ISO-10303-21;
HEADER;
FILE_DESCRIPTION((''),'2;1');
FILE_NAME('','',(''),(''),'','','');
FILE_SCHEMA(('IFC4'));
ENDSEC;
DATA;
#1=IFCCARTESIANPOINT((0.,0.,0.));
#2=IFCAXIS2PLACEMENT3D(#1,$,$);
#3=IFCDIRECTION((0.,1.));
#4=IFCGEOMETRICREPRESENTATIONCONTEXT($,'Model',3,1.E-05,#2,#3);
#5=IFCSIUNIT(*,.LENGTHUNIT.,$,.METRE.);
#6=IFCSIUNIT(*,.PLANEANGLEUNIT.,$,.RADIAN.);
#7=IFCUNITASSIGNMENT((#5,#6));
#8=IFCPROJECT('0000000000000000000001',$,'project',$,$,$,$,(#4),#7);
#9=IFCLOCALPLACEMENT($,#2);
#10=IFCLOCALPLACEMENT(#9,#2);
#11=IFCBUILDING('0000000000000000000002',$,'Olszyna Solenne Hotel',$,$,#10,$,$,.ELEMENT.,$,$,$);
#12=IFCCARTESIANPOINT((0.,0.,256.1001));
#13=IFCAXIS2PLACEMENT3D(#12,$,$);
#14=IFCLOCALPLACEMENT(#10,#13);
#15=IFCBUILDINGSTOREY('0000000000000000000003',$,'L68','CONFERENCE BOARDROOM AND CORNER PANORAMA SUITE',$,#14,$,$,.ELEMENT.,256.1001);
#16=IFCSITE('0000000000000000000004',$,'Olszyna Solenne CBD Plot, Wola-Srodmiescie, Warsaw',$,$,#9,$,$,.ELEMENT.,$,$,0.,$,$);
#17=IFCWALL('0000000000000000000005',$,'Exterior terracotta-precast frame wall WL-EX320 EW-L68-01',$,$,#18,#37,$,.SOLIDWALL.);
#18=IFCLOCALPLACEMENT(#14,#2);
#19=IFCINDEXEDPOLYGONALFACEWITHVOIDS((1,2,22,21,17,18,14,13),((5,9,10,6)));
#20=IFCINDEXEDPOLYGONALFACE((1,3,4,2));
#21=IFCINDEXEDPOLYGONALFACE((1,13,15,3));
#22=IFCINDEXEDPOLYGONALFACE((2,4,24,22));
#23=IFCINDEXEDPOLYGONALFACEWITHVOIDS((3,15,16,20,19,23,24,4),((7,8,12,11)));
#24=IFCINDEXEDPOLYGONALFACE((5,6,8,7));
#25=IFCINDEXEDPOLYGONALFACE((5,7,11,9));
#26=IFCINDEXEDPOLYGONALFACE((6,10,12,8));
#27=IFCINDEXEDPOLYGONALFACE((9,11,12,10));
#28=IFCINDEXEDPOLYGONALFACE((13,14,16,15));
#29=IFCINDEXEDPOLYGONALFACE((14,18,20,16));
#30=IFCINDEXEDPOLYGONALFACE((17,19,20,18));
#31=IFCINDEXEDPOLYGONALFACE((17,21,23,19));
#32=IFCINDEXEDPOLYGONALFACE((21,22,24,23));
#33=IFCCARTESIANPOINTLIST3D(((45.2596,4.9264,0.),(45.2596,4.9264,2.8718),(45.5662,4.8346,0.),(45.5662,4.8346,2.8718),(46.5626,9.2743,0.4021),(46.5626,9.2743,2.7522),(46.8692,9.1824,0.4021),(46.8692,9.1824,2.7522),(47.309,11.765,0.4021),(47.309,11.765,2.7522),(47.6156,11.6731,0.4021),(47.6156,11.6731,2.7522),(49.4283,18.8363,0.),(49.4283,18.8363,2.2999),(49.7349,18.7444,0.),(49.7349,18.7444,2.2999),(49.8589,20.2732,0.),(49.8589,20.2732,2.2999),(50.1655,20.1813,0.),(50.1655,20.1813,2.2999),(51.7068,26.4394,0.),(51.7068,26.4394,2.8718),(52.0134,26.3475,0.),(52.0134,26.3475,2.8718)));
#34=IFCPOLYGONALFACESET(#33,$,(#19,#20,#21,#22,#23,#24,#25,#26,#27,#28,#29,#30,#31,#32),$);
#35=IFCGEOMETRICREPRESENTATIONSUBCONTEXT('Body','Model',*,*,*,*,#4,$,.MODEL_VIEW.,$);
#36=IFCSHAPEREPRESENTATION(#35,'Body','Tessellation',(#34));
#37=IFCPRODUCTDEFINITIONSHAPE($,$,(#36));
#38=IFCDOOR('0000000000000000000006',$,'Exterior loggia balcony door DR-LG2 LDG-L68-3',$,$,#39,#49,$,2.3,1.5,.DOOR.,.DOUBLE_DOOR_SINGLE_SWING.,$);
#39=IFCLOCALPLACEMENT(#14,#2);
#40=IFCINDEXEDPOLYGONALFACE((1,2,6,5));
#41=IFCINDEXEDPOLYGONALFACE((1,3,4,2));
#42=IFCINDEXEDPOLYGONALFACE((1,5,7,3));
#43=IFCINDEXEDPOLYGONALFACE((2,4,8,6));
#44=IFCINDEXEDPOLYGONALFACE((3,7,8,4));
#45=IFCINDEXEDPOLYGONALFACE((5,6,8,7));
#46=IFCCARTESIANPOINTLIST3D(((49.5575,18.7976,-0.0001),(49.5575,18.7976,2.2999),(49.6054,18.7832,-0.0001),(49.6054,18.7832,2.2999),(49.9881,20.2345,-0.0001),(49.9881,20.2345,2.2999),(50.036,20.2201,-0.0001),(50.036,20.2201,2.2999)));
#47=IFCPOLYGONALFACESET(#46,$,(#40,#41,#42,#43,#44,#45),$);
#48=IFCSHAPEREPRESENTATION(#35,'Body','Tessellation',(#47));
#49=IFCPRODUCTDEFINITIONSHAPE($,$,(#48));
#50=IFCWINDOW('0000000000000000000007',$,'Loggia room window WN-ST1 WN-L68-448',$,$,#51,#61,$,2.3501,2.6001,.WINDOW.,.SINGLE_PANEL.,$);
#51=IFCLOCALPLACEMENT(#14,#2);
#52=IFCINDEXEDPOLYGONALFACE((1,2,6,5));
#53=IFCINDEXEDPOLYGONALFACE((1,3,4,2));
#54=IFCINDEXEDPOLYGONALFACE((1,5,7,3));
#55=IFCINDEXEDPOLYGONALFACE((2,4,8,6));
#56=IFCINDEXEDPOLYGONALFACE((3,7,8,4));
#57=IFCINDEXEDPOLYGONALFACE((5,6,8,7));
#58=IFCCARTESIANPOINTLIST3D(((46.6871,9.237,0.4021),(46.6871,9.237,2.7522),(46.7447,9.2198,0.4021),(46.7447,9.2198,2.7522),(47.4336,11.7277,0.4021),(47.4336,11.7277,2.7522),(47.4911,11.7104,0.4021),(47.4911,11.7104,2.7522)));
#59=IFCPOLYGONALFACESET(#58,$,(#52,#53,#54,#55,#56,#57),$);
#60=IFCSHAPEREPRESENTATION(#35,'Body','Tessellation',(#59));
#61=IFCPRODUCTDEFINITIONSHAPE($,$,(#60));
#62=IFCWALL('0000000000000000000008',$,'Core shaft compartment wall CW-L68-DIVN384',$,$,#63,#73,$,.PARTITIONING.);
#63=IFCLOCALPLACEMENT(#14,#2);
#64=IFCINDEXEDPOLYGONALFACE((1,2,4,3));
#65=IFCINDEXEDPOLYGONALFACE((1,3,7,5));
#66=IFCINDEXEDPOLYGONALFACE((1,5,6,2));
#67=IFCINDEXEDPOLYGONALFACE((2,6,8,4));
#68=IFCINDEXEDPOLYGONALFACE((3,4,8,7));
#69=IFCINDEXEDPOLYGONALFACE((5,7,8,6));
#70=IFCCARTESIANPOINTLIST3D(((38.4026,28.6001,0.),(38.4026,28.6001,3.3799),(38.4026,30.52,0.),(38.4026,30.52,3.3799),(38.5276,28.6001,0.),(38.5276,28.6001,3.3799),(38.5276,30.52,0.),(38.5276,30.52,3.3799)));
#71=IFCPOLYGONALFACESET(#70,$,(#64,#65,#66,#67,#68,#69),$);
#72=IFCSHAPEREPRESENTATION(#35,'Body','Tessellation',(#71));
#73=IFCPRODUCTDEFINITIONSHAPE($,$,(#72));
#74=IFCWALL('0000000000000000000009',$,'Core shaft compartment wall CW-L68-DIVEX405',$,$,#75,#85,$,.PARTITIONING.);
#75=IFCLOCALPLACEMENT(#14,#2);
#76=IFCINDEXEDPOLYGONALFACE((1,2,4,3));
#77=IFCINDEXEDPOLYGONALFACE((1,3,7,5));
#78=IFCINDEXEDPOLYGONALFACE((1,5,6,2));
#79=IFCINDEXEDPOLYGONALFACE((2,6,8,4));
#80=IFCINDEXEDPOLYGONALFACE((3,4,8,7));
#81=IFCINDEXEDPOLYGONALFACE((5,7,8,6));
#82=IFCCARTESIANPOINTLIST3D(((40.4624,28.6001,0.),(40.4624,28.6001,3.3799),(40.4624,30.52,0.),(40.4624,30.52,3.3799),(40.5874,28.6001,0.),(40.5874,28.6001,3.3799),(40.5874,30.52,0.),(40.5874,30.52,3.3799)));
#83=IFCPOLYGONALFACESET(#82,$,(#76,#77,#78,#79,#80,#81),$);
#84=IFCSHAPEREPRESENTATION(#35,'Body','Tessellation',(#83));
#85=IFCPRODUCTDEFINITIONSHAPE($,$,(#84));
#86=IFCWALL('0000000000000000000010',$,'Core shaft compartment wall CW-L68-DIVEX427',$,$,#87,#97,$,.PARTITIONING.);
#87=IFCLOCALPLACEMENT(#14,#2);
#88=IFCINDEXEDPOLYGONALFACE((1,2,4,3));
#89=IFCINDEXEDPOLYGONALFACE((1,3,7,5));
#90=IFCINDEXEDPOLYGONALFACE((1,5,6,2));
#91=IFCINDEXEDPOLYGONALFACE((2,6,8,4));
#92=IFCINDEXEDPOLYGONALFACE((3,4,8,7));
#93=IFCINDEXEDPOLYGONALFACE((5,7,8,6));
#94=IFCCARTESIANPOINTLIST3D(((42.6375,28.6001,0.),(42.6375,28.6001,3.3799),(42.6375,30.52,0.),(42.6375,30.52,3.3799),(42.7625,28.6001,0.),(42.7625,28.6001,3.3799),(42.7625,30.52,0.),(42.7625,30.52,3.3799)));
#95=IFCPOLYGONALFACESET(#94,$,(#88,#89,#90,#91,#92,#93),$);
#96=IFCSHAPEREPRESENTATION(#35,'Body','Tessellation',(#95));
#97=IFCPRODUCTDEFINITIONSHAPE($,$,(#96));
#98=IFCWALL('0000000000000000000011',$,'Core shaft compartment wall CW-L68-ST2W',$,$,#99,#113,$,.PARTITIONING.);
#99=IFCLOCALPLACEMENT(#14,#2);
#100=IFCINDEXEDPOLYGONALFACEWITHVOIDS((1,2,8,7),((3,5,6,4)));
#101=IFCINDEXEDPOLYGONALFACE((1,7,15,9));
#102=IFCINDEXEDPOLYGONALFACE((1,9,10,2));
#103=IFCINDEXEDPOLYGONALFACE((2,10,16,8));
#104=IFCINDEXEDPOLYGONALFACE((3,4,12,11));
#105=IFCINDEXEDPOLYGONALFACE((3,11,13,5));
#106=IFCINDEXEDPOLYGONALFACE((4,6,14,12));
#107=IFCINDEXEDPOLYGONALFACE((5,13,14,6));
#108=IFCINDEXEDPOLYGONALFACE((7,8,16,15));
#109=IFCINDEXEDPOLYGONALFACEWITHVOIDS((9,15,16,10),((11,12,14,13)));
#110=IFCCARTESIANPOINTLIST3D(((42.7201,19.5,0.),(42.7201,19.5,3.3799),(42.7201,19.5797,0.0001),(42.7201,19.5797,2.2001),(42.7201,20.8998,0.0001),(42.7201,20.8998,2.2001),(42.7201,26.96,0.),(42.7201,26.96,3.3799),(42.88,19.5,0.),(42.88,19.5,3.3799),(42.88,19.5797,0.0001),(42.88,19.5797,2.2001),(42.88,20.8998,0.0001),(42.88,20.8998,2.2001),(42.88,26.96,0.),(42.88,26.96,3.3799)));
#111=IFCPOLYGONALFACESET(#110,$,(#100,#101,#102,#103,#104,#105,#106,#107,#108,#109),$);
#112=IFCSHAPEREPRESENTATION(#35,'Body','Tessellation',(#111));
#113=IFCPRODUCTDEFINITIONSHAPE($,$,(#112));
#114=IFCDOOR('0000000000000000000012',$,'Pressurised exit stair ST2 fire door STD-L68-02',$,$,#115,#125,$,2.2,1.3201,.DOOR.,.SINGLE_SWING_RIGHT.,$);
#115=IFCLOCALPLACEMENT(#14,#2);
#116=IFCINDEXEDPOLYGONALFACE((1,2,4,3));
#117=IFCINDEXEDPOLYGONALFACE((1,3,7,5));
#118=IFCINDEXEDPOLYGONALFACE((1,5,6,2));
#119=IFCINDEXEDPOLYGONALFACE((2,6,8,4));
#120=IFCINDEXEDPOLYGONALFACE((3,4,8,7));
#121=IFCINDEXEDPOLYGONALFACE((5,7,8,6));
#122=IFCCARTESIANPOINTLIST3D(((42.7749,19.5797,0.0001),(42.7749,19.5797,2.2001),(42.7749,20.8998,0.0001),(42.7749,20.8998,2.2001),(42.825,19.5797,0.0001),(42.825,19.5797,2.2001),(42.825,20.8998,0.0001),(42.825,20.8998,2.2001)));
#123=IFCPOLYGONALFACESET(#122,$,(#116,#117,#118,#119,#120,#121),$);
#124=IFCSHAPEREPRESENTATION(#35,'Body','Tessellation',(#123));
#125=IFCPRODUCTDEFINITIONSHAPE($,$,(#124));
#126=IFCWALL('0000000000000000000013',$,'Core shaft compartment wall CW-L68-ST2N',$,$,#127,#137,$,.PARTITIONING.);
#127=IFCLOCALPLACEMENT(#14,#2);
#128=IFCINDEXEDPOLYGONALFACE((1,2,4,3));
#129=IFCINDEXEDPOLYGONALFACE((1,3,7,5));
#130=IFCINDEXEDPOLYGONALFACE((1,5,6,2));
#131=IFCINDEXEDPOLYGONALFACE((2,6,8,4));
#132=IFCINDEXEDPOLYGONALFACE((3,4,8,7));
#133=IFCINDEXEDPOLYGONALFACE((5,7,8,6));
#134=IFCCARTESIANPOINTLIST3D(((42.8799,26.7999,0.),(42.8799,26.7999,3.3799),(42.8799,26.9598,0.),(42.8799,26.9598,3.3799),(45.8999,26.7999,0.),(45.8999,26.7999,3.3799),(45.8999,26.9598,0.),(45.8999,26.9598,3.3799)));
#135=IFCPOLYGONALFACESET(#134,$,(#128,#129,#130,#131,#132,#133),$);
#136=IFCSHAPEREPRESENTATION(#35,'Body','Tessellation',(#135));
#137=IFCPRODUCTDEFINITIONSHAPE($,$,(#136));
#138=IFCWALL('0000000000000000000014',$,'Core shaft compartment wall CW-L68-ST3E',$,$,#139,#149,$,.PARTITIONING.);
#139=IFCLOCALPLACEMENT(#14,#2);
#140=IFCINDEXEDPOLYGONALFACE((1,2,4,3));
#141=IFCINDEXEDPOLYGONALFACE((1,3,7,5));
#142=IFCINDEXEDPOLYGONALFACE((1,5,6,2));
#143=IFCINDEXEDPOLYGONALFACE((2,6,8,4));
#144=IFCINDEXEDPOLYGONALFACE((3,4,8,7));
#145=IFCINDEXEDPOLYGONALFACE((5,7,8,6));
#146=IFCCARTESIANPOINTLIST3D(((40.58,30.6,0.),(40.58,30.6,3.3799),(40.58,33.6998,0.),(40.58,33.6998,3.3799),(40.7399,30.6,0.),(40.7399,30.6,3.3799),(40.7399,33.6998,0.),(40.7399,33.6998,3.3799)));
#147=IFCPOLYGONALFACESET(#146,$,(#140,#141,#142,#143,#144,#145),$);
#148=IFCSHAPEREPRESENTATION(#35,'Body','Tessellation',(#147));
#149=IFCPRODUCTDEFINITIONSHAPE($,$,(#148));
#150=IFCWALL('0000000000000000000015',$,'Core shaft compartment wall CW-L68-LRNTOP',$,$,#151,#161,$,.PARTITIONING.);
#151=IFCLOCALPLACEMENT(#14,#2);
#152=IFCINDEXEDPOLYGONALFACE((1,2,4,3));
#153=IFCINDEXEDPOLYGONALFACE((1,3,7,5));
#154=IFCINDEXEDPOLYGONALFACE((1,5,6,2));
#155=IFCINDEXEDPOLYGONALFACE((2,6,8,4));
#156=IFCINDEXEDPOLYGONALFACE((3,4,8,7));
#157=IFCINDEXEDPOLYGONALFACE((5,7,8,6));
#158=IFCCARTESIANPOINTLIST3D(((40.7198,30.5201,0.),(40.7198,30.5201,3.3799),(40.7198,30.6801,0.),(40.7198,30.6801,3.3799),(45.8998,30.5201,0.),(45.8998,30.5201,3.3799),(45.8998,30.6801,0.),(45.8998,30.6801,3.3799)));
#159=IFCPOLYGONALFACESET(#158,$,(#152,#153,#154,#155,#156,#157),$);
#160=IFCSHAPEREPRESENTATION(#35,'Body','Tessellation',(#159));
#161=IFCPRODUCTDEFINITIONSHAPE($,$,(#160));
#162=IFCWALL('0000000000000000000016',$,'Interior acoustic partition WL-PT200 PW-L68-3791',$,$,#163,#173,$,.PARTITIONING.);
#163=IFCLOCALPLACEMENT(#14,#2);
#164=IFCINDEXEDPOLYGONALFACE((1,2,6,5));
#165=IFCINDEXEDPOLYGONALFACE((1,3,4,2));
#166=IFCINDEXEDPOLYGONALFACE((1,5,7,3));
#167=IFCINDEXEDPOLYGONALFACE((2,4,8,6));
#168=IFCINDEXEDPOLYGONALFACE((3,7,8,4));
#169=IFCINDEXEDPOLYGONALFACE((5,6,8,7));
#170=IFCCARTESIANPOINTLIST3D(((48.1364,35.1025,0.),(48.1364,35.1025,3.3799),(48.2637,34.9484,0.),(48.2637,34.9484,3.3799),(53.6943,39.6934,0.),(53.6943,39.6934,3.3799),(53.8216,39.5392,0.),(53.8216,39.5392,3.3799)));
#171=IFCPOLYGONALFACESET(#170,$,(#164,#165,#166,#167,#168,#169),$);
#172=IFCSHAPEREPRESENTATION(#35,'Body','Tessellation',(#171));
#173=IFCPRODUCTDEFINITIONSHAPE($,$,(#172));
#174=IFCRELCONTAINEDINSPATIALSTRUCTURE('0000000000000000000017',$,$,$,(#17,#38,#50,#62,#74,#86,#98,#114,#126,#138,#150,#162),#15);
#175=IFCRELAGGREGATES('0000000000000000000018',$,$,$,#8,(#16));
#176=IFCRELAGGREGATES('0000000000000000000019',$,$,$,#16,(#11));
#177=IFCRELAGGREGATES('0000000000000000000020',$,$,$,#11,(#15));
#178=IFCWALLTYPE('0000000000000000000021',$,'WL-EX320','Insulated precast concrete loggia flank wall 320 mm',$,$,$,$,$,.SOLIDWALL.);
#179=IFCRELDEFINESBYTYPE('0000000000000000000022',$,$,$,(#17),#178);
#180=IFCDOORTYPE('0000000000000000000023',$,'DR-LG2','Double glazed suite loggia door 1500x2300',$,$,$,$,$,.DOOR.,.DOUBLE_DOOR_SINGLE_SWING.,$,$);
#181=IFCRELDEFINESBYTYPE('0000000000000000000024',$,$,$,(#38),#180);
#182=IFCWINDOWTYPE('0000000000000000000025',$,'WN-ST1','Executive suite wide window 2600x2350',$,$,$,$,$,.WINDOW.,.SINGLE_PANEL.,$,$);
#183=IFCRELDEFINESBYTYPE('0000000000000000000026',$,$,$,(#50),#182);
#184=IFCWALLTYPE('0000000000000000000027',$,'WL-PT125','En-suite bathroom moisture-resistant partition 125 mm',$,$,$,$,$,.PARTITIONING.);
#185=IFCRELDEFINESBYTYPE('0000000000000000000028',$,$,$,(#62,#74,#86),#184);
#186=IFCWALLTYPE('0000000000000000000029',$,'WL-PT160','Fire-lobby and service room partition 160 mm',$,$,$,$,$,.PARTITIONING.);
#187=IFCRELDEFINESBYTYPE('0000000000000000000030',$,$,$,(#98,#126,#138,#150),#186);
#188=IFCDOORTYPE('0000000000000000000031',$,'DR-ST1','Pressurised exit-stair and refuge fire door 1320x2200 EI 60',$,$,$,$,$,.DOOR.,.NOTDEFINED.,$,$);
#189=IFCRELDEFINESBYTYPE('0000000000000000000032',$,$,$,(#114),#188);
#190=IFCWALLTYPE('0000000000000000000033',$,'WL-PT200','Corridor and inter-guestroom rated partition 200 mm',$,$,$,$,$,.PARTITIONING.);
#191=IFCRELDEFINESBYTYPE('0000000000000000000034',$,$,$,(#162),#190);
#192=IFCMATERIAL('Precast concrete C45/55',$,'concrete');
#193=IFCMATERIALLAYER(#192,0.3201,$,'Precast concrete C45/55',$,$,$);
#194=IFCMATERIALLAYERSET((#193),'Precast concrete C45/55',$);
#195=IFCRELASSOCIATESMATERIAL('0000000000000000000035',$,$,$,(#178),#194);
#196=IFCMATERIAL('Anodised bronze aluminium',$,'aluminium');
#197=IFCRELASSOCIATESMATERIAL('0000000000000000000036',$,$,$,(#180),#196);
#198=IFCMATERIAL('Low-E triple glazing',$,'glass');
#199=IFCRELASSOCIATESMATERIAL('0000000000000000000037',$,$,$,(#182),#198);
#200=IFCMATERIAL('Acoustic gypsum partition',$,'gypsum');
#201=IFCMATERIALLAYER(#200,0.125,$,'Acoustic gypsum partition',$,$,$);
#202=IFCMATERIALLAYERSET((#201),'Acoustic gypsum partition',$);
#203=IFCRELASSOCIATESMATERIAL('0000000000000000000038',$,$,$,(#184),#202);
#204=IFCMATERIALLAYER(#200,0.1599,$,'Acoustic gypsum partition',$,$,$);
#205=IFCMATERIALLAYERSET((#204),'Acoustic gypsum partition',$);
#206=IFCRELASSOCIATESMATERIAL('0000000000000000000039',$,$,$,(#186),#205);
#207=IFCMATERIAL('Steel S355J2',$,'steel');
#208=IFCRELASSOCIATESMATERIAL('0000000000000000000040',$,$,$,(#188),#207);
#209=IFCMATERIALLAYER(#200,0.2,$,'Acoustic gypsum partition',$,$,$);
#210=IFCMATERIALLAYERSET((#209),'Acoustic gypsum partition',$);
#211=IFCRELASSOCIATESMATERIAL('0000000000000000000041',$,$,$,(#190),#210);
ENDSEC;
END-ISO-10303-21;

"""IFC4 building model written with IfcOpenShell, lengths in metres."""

from ifc_helpers import new_model, si_unit, direction, frame, frame_2d, origin, place, context, subcontext, project, spatial, rectangle, extrude, source, transform, mapped, material, layer, layer_set, type_object, type_shapes, element, fill, save


model = new_model("IFC4")

# Units and contexts
model_context = context("Model", 3, precision=1e-05, world=origin(), true_north=direction((0.0, 1.0)))
body_context = subcontext(model_context, "Body", "Model", "MODEL_VIEW")
ifc_project = project(units=[si_unit("LENGTHUNIT", "METRE"), si_unit("PLANEANGLEUNIT", "RADIAN")], contexts=[model_context])

# Site, building, storey
site_placement = place(None, origin())
site = spatial("IfcSite", under=ifc_project, at=site_placement, Name="Olszyna Solenne CBD Plot, Wola-Srodmiescie, Warsaw", CompositionType="ELEMENT", RefElevation=0.0)
building_placement = place(site_placement, origin())
building = spatial("IfcBuilding", under=site, at=building_placement, Name="Olszyna Solenne Hotel", CompositionType="ELEMENT")
storey_placement = place(building_placement, frame((0.0, 0.0, 256.1001)))
storey = spatial("IfcBuildingStorey", under=building, at=storey_placement, Name="L68", Description="CONFERENCE BOARDROOM AND CORNER PANORAMA SUITE", CompositionType="ELEMENT", Elevation=256.1001)

# Shared definitions
ifc_material_1 = material(Name="Steel S355J2", Category="steel")

# Wall, openings, door, window
ifc_material_2 = material(Name="Precast concrete C45/55", Category="concrete")
ifc_layer_1 = layer(ifc_material_2, 0.3201, Name="Precast concrete C45/55")
ifc_layer_set_1 = layer_set([ifc_layer_1], Name="Precast concrete C45/55")
wall_type_1 = type_object("IfcWallType", Name="WL-EX320", Description="Insulated precast concrete loggia flank wall 320 mm", PredefinedType="SOLIDWALL", material=ifc_layer_set_1)
wall_1_placement = place(storey_placement, frame((51.8601, 26.3933, 0.0), z_axis=(0.0, 0.0, 1.0), x_axis=(-0.287078, -0.957907, 0.0)))
wall_1 = element("IfcWall", 1, at=wall_1_placement, inside=storey, type_object=wall_type_1, Name="Exterior terracotta-precast frame wall WL-EX320 EW-L68-01", PredefinedType="SOLIDWALL", context=body_context, shape_type="SweptSolid", body=[
    extrude(rectangle(XDim=22.4583, YDim=0.3201, at=frame_2d((11.229, 0.0))), origin(), (0.0, 0.0, 1.0), 2.8718),
])
opening_1_placement = place(wall_1_placement, frame((6.437, 0.0, 0.0)))
opening_1 = element("IfcOpeningElement", 2, at=opening_1_placement, cuts=wall_1, PredefinedType="OPENING", context=body_context, shape_type="SweptSolid", body=[
    extrude(rectangle(XDim=1.5, YDim=2.3, at=frame_2d((0.75, 1.1499))), frame((0.0, 0.1699, 0.0), z_axis=(0.0, -1.0, 0.0), x_axis=(1.0, 0.0, 0.0)), (0.0, 0.0, 1.0), 0.3401),
])
opening_2_placement = place(wall_1_placement, frame((15.3191, 0.0, 0.4021)))
opening_2 = element("IfcOpeningElement", 3, at=opening_2_placement, cuts=wall_1, PredefinedType="OPENING", context=body_context, shape_type="SweptSolid", body=[
    extrude(rectangle(XDim=2.6001, YDim=2.3501, at=frame_2d((1.3, 1.175))), frame((0.0, 0.1699, 0.0), z_axis=(0.0, -1.0, 0.0), x_axis=(1.0, 0.0, 0.0)), (0.0, 0.0, 1.0), 0.3401),
])
ifc_material_3 = material(Name="Anodised bronze aluminium", Category="aluminium")
door_type_1 = type_object("IfcDoorType", Name="DR-LG2", Description="Double glazed suite loggia door 1500x2300", OperationType="DOUBLE_DOOR_SINGLE_SWING", PredefinedType="DOOR", material=ifc_material_3)
shared_shape_1 = source(origin(), body_context, "Body", "SweptSolid", [
    extrude(rectangle(XDim=1.5, YDim=2.3, at=frame_2d((0.75, 1.1499))), frame((0.0, 0.0249, 0.0), z_axis=(0.0, -1.0, 0.0), x_axis=(1.0, 0.0, 0.0)), (0.0, 0.0, 1.0), 0.05),
])
type_shapes(door_type_1, [shared_shape_1])
door_1_placement = place(opening_1_placement, origin())
door_1 = element("IfcDoor", 4, at=door_1_placement, inside=storey, type_object=door_type_1, Name="Exterior loggia balcony door DR-LG2 LDG-L68-3", OperationType="DOUBLE_DOOR_SINGLE_SWING", OverallHeight=2.3, OverallWidth=1.5, PredefinedType="DOOR", context=body_context, shape_type="MappedRepresentation", body=[
    mapped(shared_shape_1, transform((0.0, 0.0, 0.0), x_axis=(1.0, 0.0, 0.0), y_axis=(0.0, 1.0, 0.0), z_axis=(0.0, 0.0, 1.0), scale=1.0)),
])
fill(opening_1, door_1)
ifc_material_4 = material(Name="Low-E triple glazing", Category="glass")
window_type = type_object("IfcWindowType", Name="WN-ST1", Description="Executive suite wide window 2600x2350", PartitioningType="SINGLE_PANEL", PredefinedType="WINDOW", material=ifc_material_4)
shared_shape_2 = source(origin(), body_context, "Body", "SweptSolid", [
    extrude(rectangle(XDim=2.6001, YDim=2.3501, at=frame_2d((1.3, 1.175))), frame((0.0, 0.03, 0.0), z_axis=(0.0, -1.0, 0.0), x_axis=(1.0, 0.0, 0.0)), (0.0, 0.0, 1.0), 0.0601),
])
type_shapes(window_type, [shared_shape_2])
window_placement = place(opening_2_placement, origin())
window = element("IfcWindow", 5, at=window_placement, inside=storey, type_object=window_type, Name="Loggia room window WN-ST1 WN-L68-448", OverallHeight=2.3501, OverallWidth=2.6001, PartitioningType="SINGLE_PANEL", PredefinedType="WINDOW", context=body_context, shape_type="MappedRepresentation", body=[
    mapped(shared_shape_2, transform((0.0, 0.0, 0.0), x_axis=(1.0, 0.0, 0.0), y_axis=(0.0, 1.0, 0.0), z_axis=(0.0, 0.0, 1.0), scale=1.0)),
])
fill(opening_2, window)

# Walls
ifc_material_5 = material(Name="Acoustic gypsum partition", Category="gypsum")
ifc_layer_2 = layer(ifc_material_5, 0.125, Name="Acoustic gypsum partition")
ifc_layer_set_2 = layer_set([ifc_layer_2], Name="Acoustic gypsum partition")
wall_type_2 = type_object("IfcWallType", Name="WL-PT125", Description="En-suite bathroom moisture-resistant partition 125 mm", PredefinedType="PARTITIONING", material=ifc_layer_set_2)
for number, where, z_axis, x_axis, name in (
    (6, (38.4651, 28.6001, 0.0), (0.0, 0.0, 1.0), (0.0, 1.0, 0.0), "Core shaft compartment wall CW-L68-DIVN384"),
    (7, (40.5249, 28.6001, 0.0), (0.0, 0.0, 1.0), (0.0, 1.0, 0.0), "Core shaft compartment wall CW-L68-DIVEX405"),
    (8, (42.7, 28.6001, 0.0), (0.0, 0.0, 1.0), (0.0, 1.0, 0.0), "Core shaft compartment wall CW-L68-DIVEX427"),
):
    element("IfcWall", number, at=place(storey_placement, frame(where, z_axis=z_axis, x_axis=x_axis)), inside=storey, type_object=wall_type_2, Name=name, PredefinedType="PARTITIONING", context=body_context, shape_type="SweptSolid", body=[
        extrude(rectangle(XDim=1.9199, YDim=0.125, at=frame_2d((0.96, 0.0))), origin(), (0.0, 0.0, 1.0), 3.3799),
    ])

# Wall, opening, door
ifc_layer_3 = layer(ifc_material_5, 0.1599, Name="Acoustic gypsum partition")
ifc_layer_set_3 = layer_set([ifc_layer_3], Name="Acoustic gypsum partition")
wall_type_3 = type_object("IfcWallType", Name="WL-PT160", Description="Fire-lobby and service room partition 160 mm", PredefinedType="PARTITIONING", material=ifc_layer_set_3)
wall_2_placement = place(storey_placement, frame((42.8, 26.96, 0.0), z_axis=(0.0, 0.0, 1.0), x_axis=(0.0, -1.0, 0.0)))
wall_2 = element("IfcWall", 9, at=wall_2_placement, inside=storey, type_object=wall_type_3, Name="Core shaft compartment wall CW-L68-ST2W", PredefinedType="PARTITIONING", context=body_context, shape_type="SweptSolid", body=[
    extrude(rectangle(XDim=7.46, YDim=0.1599, at=frame_2d((3.73, 0.0))), origin(), (0.0, 0.0, 1.0), 3.3799),
])
opening_3_placement = place(wall_2_placement, frame((6.0601, 0.0, 0.0)))
opening_3 = element("IfcOpeningElement", 10, at=opening_3_placement, cuts=wall_2, PredefinedType="OPENING", context=body_context, shape_type="SweptSolid", body=[
    extrude(rectangle(XDim=1.3201, YDim=2.2, at=frame_2d((0.6602, 1.1001))), frame((0.0, 0.0898, 0.0), z_axis=(0.0, -1.0, 0.0), x_axis=(1.0, 0.0, 0.0)), (0.0, 0.0, 1.0), 0.1799),
])
door_type_2 = type_object("IfcDoorType", Name="DR-ST1", Description="Pressurised exit-stair and refuge fire door 1320x2200 EI 60", OperationType="NOTDEFINED", PredefinedType="DOOR", material=ifc_material_1)
shared_shape_3 = source(origin(), body_context, "Body", "SweptSolid", [
    extrude(rectangle(XDim=1.3201, YDim=2.2, at=frame_2d((0.6602, 1.1001))), frame((0.0, 0.0249, 0.0), z_axis=(0.0, -1.0, 0.0), x_axis=(1.0, 0.0, 0.0)), (0.0, 0.0, 1.0), 0.05),
])
type_shapes(door_type_2, [shared_shape_3])
door_2_placement = place(opening_3_placement, origin())
door_2 = element("IfcDoor", 11, at=door_2_placement, inside=storey, type_object=door_type_2, Name="Pressurised exit stair ST2 fire door STD-L68-02", OperationType="SINGLE_SWING_RIGHT", OverallHeight=2.2, OverallWidth=1.3201, PredefinedType="DOOR", context=body_context, shape_type="MappedRepresentation", body=[
    mapped(shared_shape_3, transform((0.0, 0.0, 0.0), x_axis=(1.0, 0.0, 0.0), y_axis=(0.0, 1.0, 0.0), z_axis=(0.0, 0.0, 1.0), scale=1.0)),
])
fill(opening_3, door_2)

# Walls
wall_3_placement = place(storey_placement, frame((42.8799, 26.8799, 0.0), z_axis=(0.0, 0.0, 1.0), x_axis=(1.0, 0.0, 0.0)))
element("IfcWall", 12, at=wall_3_placement, inside=storey, type_object=wall_type_3, Name="Core shaft compartment wall CW-L68-ST2N", PredefinedType="PARTITIONING", context=body_context, shape_type="SweptSolid", body=[
    extrude(rectangle(XDim=3.02, YDim=0.1599, at=frame_2d((1.51, 0.0))), origin(), (0.0, 0.0, 1.0), 3.3799),
])
wall_4_placement = place(storey_placement, frame((40.6599, 30.6001, 0.0), z_axis=(0.0, 0.0, 1.0), x_axis=(0.0, 1.0, 0.0)))
element("IfcWall", 13, at=wall_4_placement, inside=storey, type_object=wall_type_3, Name="Core shaft compartment wall CW-L68-ST3E", PredefinedType="PARTITIONING", context=body_context, shape_type="SweptSolid", body=[
    extrude(rectangle(XDim=3.0999, YDim=0.1599, at=frame_2d((1.5498, 0.0))), origin(), (0.0, 0.0, 1.0), 3.3799),
])
wall_5_placement = place(storey_placement, frame((40.72, 30.6001, 0.0), z_axis=(0.0, 0.0, 1.0), x_axis=(1.0, 0.0, 0.0)))
element("IfcWall", 14, at=wall_5_placement, inside=storey, type_object=wall_type_3, Name="Core shaft compartment wall CW-L68-LRNTOP", PredefinedType="PARTITIONING", context=body_context, shape_type="SweptSolid", body=[
    extrude(rectangle(XDim=5.1799, YDim=0.1599, at=frame_2d((2.5898, 0.0))), origin(), (0.0, 0.0, 1.0), 3.3799),
])
ifc_layer_4 = layer(ifc_material_5, 0.2, Name="Acoustic gypsum partition")
ifc_layer_set_4 = layer_set([ifc_layer_4], Name="Acoustic gypsum partition")
wall_type_4 = type_object("IfcWallType", Name="WL-PT200", Description="Corridor and inter-guestroom rated partition 200 mm", PredefinedType="PARTITIONING", material=ifc_layer_set_4)
wall_6_placement = place(storey_placement, frame((48.2, 35.0254, 0.0), z_axis=(0.0, 0.0, 1.0), x_axis=(0.770993, 0.636844, 0.0)))
element("IfcWall", 15, at=wall_6_placement, inside=storey, type_object=wall_type_4, Name="Interior acoustic partition WL-PT200 PW-L68-3791", PredefinedType="PARTITIONING", context=body_context, shape_type="SweptSolid", body=[
    extrude(rectangle(XDim=7.2087, YDim=0.2, at=frame_2d((3.6045, 0.0))), origin(), (0.0, 0.0, 1.0), 3.3799),
])

save(model, "model.ifc")
